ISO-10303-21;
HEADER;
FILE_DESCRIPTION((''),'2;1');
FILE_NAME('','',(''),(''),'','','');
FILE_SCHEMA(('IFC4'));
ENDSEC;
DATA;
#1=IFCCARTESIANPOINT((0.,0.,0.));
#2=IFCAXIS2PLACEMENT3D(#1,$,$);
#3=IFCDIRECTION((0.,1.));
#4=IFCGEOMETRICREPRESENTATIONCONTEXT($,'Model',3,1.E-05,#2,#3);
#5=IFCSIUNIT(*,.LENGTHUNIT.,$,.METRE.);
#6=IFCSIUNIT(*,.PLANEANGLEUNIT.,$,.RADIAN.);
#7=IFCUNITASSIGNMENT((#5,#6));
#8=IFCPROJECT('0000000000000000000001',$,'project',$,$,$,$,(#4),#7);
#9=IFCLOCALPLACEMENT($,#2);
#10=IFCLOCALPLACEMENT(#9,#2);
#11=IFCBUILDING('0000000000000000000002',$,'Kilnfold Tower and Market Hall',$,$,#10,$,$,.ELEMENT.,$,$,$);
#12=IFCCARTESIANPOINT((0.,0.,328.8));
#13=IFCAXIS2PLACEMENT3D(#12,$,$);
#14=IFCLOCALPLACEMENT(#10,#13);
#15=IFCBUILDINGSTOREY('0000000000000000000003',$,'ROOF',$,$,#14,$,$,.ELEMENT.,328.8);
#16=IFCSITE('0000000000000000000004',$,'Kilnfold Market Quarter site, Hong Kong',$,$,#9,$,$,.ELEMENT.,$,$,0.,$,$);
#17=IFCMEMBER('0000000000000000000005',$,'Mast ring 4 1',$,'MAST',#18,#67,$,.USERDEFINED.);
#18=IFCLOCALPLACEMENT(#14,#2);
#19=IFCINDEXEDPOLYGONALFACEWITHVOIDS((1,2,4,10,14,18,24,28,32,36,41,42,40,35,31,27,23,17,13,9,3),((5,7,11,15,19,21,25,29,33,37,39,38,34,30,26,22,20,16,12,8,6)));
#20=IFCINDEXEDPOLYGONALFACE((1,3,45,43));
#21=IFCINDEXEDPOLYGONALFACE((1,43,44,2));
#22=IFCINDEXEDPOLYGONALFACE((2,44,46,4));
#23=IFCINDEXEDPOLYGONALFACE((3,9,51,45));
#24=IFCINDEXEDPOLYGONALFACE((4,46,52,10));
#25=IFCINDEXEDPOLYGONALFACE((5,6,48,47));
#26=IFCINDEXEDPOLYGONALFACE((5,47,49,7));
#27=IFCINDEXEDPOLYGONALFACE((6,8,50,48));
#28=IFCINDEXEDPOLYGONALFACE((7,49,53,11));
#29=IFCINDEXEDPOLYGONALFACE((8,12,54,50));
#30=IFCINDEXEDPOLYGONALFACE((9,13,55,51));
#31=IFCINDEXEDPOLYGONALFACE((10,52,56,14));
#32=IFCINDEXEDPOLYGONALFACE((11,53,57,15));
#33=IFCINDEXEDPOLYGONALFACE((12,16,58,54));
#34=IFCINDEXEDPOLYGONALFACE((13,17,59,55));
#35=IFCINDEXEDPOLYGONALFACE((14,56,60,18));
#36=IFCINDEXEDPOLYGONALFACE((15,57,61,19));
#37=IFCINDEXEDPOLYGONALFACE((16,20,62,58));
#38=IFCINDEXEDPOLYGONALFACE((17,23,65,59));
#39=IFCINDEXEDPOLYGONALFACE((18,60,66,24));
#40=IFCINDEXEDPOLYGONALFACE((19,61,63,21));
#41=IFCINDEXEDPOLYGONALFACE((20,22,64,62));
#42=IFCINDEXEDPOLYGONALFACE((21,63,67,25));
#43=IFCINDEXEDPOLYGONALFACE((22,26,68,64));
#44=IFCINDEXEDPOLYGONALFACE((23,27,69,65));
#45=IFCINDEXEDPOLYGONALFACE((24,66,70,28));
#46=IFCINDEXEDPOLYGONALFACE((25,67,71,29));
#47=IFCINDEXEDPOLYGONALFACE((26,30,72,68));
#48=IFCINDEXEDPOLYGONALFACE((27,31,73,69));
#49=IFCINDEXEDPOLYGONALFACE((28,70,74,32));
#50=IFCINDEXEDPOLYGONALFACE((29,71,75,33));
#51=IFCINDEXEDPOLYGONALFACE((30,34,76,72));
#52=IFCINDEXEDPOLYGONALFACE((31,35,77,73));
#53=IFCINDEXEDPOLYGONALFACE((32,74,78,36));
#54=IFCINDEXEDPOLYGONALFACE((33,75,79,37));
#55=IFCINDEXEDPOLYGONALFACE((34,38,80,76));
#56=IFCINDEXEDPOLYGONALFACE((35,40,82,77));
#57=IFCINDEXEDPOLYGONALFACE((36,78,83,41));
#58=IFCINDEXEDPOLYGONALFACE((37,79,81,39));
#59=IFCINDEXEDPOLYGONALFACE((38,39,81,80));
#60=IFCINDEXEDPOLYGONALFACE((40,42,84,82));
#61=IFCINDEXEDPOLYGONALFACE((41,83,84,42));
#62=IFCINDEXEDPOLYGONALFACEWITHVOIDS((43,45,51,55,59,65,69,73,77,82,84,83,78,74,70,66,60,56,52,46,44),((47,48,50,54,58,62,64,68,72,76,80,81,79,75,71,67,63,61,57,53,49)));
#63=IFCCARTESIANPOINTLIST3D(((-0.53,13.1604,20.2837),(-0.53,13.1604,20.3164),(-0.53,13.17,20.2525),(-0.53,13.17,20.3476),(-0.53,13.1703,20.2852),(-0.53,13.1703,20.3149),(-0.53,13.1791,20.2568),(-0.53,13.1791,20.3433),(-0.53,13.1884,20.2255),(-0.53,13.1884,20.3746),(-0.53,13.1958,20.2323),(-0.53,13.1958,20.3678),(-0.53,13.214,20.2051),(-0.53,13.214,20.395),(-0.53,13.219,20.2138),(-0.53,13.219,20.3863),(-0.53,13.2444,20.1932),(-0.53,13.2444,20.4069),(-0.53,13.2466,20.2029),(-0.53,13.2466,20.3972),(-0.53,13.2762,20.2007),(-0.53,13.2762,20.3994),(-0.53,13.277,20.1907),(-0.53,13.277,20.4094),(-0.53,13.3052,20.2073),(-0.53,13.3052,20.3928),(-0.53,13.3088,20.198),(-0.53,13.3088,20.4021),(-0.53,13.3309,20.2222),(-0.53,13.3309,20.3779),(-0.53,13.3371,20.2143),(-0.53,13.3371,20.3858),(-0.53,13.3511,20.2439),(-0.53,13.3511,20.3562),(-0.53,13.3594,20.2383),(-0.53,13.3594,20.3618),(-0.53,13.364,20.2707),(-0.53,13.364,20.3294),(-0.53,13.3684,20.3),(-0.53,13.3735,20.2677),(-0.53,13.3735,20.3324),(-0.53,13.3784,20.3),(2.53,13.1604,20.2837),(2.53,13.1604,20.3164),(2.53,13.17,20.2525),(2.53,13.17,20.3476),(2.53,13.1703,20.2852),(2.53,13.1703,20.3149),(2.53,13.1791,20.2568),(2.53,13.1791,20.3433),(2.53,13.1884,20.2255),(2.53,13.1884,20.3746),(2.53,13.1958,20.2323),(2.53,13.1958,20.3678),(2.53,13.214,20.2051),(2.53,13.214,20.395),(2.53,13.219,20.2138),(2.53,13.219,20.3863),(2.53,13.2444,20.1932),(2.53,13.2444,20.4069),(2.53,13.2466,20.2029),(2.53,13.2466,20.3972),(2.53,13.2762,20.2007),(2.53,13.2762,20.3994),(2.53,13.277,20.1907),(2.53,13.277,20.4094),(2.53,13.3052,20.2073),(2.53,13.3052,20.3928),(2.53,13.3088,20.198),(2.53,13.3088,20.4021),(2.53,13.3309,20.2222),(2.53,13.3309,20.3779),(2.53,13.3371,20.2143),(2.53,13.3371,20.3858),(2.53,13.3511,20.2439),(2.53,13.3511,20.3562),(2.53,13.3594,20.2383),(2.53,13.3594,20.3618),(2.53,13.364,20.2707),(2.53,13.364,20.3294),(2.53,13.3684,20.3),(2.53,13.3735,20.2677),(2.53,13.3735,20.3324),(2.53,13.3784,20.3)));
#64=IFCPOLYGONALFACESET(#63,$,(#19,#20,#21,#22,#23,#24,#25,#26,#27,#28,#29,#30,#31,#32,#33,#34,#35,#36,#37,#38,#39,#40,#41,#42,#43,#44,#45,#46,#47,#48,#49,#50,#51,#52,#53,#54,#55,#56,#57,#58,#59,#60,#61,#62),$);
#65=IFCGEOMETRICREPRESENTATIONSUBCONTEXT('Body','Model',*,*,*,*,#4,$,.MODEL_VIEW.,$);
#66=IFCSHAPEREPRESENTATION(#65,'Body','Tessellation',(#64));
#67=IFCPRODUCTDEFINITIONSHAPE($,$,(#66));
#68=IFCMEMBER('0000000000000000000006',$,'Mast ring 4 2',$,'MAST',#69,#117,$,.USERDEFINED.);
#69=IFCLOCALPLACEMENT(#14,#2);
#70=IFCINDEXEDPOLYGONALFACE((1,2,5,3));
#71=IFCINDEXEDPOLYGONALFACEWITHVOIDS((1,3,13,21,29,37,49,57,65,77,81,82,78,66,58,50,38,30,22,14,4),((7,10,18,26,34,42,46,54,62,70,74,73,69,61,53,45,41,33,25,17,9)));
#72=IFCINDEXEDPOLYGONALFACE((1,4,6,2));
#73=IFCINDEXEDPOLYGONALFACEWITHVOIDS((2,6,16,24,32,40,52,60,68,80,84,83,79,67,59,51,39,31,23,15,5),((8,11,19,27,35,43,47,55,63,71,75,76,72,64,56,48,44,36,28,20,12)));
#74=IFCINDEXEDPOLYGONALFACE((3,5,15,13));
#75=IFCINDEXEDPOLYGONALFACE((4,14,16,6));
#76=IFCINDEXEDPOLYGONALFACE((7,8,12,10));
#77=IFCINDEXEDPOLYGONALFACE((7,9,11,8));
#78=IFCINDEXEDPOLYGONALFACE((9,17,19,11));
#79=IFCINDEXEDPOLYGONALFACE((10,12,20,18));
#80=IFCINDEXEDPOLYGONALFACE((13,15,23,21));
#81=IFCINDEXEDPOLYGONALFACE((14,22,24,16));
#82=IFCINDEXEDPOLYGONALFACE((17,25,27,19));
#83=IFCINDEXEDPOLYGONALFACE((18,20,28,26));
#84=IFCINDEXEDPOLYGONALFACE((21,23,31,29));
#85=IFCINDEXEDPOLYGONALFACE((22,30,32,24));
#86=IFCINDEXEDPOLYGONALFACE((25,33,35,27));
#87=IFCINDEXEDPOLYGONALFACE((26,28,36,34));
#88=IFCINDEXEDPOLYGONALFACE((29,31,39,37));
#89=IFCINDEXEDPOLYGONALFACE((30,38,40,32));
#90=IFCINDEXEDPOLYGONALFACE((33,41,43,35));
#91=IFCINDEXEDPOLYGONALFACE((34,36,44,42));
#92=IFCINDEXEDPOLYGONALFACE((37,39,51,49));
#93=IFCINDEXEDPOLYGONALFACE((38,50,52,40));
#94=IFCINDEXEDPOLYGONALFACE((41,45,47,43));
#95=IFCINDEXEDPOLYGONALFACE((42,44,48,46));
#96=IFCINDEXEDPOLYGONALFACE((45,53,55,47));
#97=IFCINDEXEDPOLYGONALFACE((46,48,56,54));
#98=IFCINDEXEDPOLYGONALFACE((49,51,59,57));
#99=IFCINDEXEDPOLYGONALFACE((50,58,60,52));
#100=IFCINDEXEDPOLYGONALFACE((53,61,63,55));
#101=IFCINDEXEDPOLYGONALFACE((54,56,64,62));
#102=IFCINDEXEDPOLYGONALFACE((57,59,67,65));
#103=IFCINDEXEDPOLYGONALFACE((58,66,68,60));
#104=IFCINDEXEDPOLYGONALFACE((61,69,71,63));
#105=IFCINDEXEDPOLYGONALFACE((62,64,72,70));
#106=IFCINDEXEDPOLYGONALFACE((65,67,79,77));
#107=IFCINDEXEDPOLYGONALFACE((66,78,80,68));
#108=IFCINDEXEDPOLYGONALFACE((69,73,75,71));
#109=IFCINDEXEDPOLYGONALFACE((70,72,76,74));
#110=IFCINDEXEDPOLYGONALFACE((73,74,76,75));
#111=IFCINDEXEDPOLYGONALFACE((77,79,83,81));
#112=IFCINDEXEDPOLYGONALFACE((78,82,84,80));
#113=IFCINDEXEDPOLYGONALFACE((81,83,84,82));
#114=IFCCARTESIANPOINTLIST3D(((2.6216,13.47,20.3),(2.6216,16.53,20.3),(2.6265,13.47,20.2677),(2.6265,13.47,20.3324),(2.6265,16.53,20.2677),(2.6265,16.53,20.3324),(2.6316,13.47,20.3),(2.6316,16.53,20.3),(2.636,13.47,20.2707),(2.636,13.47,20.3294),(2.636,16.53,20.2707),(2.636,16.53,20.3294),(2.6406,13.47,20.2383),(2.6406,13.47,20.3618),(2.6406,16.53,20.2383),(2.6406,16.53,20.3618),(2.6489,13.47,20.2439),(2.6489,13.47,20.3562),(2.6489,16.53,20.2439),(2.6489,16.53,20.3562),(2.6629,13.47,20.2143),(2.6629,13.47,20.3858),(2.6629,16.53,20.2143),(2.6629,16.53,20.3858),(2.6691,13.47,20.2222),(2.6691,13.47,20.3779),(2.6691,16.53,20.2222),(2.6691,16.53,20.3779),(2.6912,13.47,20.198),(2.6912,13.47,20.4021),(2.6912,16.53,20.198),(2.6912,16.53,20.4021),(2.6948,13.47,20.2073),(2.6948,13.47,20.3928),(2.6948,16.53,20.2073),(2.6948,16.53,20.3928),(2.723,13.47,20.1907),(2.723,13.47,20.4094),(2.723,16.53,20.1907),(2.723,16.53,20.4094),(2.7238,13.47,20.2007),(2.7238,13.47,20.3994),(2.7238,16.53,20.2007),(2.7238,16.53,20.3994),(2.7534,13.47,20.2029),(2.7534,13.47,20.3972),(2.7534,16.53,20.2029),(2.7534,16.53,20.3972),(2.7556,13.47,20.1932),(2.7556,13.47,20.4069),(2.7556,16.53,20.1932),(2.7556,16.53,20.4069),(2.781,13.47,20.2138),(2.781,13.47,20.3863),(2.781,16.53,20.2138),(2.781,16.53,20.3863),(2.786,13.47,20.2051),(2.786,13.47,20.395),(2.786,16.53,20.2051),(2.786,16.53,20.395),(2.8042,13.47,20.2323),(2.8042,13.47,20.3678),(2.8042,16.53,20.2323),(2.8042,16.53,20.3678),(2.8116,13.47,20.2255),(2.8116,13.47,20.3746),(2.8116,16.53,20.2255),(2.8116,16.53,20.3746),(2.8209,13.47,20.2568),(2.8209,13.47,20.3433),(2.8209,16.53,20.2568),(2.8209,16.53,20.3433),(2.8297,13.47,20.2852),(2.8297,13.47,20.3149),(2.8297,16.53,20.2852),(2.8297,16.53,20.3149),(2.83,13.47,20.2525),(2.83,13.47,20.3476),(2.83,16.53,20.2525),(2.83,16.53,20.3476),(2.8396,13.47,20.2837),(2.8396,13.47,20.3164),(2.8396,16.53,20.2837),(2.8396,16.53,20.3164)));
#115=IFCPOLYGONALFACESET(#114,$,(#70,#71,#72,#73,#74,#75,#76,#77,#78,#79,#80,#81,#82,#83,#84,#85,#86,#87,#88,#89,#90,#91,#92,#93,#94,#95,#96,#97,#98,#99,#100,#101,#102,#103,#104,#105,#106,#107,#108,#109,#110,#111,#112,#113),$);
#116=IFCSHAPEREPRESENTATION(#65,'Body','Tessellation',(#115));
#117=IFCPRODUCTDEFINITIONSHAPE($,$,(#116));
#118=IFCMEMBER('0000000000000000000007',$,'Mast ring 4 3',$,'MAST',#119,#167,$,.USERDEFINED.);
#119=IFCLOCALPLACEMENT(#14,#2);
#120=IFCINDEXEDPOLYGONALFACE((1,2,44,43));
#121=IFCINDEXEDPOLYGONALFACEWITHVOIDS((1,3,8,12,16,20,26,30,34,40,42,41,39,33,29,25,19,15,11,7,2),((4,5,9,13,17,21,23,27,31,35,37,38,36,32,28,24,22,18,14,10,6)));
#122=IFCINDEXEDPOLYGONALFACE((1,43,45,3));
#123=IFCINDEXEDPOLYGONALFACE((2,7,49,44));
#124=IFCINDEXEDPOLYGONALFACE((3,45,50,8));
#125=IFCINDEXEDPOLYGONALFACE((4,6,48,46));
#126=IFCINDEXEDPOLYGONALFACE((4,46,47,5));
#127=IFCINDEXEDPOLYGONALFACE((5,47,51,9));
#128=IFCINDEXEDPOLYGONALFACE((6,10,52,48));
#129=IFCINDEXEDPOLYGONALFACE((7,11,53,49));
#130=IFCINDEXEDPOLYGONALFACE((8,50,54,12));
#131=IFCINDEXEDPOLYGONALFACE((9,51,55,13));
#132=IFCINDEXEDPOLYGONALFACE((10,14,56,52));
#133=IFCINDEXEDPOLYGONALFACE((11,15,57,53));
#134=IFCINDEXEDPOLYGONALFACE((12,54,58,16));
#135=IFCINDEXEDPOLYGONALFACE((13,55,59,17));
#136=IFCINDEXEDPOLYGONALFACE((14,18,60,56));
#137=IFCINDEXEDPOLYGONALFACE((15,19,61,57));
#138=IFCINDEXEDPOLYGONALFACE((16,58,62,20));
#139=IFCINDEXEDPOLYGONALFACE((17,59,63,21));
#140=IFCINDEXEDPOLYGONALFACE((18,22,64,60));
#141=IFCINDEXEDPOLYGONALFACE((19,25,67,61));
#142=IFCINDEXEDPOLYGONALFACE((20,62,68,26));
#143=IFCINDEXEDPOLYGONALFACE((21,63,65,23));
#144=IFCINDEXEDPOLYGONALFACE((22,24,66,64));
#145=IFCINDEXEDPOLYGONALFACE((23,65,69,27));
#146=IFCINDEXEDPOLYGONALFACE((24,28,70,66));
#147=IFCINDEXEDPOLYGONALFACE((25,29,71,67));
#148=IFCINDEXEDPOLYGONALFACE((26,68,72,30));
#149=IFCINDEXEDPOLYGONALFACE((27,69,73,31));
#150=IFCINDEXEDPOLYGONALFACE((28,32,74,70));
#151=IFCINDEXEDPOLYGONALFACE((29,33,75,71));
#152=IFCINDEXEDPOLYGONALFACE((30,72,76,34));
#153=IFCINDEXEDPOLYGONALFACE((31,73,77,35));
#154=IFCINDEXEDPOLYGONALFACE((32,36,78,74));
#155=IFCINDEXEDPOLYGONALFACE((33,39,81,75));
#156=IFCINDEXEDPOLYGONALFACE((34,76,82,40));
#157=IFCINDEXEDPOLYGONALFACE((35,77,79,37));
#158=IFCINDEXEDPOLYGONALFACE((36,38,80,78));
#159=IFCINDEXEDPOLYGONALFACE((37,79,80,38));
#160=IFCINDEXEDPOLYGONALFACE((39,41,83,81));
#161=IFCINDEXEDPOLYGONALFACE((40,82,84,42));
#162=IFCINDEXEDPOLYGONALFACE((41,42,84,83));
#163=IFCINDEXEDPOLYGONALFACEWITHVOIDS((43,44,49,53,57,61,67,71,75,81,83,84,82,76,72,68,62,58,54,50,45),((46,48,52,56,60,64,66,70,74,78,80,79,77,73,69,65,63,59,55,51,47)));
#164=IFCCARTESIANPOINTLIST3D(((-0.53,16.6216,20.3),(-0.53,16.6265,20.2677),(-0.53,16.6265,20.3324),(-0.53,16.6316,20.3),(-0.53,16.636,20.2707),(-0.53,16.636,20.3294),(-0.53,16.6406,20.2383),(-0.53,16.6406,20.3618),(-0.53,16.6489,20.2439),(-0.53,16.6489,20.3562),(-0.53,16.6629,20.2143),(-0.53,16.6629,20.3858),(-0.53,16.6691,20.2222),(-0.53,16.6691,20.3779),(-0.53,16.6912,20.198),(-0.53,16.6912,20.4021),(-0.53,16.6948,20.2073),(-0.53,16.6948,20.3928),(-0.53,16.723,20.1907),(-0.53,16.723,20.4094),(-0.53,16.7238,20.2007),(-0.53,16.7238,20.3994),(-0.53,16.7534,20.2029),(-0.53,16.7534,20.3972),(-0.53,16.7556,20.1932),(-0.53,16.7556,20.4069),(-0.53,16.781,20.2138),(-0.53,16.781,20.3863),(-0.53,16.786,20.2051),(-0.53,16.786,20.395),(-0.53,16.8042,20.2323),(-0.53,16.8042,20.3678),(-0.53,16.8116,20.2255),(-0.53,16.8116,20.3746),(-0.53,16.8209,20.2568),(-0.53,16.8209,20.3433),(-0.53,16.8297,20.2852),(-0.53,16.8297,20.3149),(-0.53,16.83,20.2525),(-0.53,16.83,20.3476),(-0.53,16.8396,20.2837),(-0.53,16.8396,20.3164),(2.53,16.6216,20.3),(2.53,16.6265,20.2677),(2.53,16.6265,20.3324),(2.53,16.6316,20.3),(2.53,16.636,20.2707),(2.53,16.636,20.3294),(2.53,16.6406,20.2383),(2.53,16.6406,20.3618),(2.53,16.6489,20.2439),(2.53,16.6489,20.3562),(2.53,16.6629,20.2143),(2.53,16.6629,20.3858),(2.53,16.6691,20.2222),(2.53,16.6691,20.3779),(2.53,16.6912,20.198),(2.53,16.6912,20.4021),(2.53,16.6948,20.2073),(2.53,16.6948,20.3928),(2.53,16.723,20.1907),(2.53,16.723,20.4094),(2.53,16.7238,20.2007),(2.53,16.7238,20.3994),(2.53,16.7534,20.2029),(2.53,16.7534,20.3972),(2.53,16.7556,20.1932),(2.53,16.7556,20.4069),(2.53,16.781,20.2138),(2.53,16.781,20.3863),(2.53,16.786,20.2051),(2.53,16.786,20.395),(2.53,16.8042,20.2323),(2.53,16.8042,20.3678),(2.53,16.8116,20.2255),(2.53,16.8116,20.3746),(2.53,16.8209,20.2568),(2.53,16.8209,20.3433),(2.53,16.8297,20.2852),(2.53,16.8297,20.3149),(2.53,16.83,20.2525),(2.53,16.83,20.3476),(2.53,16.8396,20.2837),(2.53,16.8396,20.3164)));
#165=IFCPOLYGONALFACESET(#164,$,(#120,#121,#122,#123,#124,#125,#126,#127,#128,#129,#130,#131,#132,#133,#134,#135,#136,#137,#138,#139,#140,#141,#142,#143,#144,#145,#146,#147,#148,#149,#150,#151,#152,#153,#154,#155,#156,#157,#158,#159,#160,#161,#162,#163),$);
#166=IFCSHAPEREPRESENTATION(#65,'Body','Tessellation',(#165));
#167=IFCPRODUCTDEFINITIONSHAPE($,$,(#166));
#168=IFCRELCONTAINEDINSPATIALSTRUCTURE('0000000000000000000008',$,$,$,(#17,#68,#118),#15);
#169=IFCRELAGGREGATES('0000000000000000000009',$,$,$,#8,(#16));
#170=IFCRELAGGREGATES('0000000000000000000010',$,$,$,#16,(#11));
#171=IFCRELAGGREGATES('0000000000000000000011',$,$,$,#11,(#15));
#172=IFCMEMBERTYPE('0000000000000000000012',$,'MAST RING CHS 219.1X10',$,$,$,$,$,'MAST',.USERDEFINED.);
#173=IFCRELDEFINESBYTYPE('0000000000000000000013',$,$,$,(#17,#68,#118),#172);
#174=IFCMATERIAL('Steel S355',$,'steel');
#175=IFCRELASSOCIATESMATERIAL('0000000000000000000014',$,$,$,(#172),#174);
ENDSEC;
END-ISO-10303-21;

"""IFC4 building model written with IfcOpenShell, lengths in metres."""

from ifc_helpers import new_model, si_unit, direction, frame, origin, origin_2d, place, context, subcontext, project, spatial, hollow_circle, extrude, source, transform, mapped, material, material_profile, profile_set, type_object, element, save


model = new_model("IFC4")

# Units and contexts
model_context = context("Model", 3, precision=1e-05, world=origin(), true_north=direction((0.0, 1.0)))
body_context = subcontext(model_context, "Body", "Model", "MODEL_VIEW")
ifc_project = project(units=[si_unit("LENGTHUNIT", "METRE"), si_unit("PLANEANGLEUNIT", "RADIAN")], contexts=[model_context])

# Site, building, storey
site_placement = place(None, origin())
site = spatial("IfcSite", under=ifc_project, at=site_placement, Name="Kilnfold Market Quarter site, Hong Kong", CompositionType="ELEMENT", RefElevation=0.0)
building_placement = place(site_placement, origin())
building = spatial("IfcBuilding", under=site, at=building_placement, Name="Kilnfold Tower and Market Hall", CompositionType="ELEMENT")
storey_placement = place(building_placement, frame((0.0, 0.0, 328.8)))
storey = spatial("IfcBuildingStorey", under=building, at=storey_placement, Name="ROOF", CompositionType="ELEMENT", Elevation=328.8)

# Members
ifc_material_1 = material(Name="Steel S355", Category="steel")
ifc_material_profile_1 = material_profile(ifc_material_1, hollow_circle(Radius=0.1096, WallThickness=0.01, at=origin_2d()), Name="CHS 219.1x10")
ifc_profile_set_1 = profile_set([ifc_material_profile_1], Name="Steel S355")
member_type_1 = type_object("IfcMemberType", Name="MAST RING CHS 219.1X10", ElementType="MAST", PredefinedType="USERDEFINED", material=ifc_profile_set_1)
shared_shape_1 = source(origin(), body_context, "Body", "SweptSolid", [
    extrude(hollow_circle(Radius=0.1096, WallThickness=0.01, at=origin_2d()), origin(), (0.0, 0.0, 1.0), 3.0601),
])
for number, where, z_axis, x_axis, name in (
    (1, (-0.53, 13.2688, 20.3), (1.0, 0.0, 0.0), (0.0, 1.0, 0.0), "Mast ring 4 1"),
    (2, (2.7312, 13.47, 20.3), (0.0, 1.0, 0.0), (-1.0, 0.0, 0.0), "Mast ring 4 2"),
    (3, (2.53, 16.7312, 20.3), (-1.0, 0.0, 0.0), (0.0, -1.0, 0.0), "Mast ring 4 3"),
):
    element("IfcMember", number, at=place(storey_placement, frame(where, z_axis=z_axis, x_axis=x_axis)), inside=storey, type_object=member_type_1, Name=name, ObjectType="MAST", PredefinedType="USERDEFINED", context=body_context, shape_type="MappedRepresentation", body=[
        mapped(shared_shape_1, transform((0.0, 0.0, 0.0))),
    ])

save(model, "model.ifc")
